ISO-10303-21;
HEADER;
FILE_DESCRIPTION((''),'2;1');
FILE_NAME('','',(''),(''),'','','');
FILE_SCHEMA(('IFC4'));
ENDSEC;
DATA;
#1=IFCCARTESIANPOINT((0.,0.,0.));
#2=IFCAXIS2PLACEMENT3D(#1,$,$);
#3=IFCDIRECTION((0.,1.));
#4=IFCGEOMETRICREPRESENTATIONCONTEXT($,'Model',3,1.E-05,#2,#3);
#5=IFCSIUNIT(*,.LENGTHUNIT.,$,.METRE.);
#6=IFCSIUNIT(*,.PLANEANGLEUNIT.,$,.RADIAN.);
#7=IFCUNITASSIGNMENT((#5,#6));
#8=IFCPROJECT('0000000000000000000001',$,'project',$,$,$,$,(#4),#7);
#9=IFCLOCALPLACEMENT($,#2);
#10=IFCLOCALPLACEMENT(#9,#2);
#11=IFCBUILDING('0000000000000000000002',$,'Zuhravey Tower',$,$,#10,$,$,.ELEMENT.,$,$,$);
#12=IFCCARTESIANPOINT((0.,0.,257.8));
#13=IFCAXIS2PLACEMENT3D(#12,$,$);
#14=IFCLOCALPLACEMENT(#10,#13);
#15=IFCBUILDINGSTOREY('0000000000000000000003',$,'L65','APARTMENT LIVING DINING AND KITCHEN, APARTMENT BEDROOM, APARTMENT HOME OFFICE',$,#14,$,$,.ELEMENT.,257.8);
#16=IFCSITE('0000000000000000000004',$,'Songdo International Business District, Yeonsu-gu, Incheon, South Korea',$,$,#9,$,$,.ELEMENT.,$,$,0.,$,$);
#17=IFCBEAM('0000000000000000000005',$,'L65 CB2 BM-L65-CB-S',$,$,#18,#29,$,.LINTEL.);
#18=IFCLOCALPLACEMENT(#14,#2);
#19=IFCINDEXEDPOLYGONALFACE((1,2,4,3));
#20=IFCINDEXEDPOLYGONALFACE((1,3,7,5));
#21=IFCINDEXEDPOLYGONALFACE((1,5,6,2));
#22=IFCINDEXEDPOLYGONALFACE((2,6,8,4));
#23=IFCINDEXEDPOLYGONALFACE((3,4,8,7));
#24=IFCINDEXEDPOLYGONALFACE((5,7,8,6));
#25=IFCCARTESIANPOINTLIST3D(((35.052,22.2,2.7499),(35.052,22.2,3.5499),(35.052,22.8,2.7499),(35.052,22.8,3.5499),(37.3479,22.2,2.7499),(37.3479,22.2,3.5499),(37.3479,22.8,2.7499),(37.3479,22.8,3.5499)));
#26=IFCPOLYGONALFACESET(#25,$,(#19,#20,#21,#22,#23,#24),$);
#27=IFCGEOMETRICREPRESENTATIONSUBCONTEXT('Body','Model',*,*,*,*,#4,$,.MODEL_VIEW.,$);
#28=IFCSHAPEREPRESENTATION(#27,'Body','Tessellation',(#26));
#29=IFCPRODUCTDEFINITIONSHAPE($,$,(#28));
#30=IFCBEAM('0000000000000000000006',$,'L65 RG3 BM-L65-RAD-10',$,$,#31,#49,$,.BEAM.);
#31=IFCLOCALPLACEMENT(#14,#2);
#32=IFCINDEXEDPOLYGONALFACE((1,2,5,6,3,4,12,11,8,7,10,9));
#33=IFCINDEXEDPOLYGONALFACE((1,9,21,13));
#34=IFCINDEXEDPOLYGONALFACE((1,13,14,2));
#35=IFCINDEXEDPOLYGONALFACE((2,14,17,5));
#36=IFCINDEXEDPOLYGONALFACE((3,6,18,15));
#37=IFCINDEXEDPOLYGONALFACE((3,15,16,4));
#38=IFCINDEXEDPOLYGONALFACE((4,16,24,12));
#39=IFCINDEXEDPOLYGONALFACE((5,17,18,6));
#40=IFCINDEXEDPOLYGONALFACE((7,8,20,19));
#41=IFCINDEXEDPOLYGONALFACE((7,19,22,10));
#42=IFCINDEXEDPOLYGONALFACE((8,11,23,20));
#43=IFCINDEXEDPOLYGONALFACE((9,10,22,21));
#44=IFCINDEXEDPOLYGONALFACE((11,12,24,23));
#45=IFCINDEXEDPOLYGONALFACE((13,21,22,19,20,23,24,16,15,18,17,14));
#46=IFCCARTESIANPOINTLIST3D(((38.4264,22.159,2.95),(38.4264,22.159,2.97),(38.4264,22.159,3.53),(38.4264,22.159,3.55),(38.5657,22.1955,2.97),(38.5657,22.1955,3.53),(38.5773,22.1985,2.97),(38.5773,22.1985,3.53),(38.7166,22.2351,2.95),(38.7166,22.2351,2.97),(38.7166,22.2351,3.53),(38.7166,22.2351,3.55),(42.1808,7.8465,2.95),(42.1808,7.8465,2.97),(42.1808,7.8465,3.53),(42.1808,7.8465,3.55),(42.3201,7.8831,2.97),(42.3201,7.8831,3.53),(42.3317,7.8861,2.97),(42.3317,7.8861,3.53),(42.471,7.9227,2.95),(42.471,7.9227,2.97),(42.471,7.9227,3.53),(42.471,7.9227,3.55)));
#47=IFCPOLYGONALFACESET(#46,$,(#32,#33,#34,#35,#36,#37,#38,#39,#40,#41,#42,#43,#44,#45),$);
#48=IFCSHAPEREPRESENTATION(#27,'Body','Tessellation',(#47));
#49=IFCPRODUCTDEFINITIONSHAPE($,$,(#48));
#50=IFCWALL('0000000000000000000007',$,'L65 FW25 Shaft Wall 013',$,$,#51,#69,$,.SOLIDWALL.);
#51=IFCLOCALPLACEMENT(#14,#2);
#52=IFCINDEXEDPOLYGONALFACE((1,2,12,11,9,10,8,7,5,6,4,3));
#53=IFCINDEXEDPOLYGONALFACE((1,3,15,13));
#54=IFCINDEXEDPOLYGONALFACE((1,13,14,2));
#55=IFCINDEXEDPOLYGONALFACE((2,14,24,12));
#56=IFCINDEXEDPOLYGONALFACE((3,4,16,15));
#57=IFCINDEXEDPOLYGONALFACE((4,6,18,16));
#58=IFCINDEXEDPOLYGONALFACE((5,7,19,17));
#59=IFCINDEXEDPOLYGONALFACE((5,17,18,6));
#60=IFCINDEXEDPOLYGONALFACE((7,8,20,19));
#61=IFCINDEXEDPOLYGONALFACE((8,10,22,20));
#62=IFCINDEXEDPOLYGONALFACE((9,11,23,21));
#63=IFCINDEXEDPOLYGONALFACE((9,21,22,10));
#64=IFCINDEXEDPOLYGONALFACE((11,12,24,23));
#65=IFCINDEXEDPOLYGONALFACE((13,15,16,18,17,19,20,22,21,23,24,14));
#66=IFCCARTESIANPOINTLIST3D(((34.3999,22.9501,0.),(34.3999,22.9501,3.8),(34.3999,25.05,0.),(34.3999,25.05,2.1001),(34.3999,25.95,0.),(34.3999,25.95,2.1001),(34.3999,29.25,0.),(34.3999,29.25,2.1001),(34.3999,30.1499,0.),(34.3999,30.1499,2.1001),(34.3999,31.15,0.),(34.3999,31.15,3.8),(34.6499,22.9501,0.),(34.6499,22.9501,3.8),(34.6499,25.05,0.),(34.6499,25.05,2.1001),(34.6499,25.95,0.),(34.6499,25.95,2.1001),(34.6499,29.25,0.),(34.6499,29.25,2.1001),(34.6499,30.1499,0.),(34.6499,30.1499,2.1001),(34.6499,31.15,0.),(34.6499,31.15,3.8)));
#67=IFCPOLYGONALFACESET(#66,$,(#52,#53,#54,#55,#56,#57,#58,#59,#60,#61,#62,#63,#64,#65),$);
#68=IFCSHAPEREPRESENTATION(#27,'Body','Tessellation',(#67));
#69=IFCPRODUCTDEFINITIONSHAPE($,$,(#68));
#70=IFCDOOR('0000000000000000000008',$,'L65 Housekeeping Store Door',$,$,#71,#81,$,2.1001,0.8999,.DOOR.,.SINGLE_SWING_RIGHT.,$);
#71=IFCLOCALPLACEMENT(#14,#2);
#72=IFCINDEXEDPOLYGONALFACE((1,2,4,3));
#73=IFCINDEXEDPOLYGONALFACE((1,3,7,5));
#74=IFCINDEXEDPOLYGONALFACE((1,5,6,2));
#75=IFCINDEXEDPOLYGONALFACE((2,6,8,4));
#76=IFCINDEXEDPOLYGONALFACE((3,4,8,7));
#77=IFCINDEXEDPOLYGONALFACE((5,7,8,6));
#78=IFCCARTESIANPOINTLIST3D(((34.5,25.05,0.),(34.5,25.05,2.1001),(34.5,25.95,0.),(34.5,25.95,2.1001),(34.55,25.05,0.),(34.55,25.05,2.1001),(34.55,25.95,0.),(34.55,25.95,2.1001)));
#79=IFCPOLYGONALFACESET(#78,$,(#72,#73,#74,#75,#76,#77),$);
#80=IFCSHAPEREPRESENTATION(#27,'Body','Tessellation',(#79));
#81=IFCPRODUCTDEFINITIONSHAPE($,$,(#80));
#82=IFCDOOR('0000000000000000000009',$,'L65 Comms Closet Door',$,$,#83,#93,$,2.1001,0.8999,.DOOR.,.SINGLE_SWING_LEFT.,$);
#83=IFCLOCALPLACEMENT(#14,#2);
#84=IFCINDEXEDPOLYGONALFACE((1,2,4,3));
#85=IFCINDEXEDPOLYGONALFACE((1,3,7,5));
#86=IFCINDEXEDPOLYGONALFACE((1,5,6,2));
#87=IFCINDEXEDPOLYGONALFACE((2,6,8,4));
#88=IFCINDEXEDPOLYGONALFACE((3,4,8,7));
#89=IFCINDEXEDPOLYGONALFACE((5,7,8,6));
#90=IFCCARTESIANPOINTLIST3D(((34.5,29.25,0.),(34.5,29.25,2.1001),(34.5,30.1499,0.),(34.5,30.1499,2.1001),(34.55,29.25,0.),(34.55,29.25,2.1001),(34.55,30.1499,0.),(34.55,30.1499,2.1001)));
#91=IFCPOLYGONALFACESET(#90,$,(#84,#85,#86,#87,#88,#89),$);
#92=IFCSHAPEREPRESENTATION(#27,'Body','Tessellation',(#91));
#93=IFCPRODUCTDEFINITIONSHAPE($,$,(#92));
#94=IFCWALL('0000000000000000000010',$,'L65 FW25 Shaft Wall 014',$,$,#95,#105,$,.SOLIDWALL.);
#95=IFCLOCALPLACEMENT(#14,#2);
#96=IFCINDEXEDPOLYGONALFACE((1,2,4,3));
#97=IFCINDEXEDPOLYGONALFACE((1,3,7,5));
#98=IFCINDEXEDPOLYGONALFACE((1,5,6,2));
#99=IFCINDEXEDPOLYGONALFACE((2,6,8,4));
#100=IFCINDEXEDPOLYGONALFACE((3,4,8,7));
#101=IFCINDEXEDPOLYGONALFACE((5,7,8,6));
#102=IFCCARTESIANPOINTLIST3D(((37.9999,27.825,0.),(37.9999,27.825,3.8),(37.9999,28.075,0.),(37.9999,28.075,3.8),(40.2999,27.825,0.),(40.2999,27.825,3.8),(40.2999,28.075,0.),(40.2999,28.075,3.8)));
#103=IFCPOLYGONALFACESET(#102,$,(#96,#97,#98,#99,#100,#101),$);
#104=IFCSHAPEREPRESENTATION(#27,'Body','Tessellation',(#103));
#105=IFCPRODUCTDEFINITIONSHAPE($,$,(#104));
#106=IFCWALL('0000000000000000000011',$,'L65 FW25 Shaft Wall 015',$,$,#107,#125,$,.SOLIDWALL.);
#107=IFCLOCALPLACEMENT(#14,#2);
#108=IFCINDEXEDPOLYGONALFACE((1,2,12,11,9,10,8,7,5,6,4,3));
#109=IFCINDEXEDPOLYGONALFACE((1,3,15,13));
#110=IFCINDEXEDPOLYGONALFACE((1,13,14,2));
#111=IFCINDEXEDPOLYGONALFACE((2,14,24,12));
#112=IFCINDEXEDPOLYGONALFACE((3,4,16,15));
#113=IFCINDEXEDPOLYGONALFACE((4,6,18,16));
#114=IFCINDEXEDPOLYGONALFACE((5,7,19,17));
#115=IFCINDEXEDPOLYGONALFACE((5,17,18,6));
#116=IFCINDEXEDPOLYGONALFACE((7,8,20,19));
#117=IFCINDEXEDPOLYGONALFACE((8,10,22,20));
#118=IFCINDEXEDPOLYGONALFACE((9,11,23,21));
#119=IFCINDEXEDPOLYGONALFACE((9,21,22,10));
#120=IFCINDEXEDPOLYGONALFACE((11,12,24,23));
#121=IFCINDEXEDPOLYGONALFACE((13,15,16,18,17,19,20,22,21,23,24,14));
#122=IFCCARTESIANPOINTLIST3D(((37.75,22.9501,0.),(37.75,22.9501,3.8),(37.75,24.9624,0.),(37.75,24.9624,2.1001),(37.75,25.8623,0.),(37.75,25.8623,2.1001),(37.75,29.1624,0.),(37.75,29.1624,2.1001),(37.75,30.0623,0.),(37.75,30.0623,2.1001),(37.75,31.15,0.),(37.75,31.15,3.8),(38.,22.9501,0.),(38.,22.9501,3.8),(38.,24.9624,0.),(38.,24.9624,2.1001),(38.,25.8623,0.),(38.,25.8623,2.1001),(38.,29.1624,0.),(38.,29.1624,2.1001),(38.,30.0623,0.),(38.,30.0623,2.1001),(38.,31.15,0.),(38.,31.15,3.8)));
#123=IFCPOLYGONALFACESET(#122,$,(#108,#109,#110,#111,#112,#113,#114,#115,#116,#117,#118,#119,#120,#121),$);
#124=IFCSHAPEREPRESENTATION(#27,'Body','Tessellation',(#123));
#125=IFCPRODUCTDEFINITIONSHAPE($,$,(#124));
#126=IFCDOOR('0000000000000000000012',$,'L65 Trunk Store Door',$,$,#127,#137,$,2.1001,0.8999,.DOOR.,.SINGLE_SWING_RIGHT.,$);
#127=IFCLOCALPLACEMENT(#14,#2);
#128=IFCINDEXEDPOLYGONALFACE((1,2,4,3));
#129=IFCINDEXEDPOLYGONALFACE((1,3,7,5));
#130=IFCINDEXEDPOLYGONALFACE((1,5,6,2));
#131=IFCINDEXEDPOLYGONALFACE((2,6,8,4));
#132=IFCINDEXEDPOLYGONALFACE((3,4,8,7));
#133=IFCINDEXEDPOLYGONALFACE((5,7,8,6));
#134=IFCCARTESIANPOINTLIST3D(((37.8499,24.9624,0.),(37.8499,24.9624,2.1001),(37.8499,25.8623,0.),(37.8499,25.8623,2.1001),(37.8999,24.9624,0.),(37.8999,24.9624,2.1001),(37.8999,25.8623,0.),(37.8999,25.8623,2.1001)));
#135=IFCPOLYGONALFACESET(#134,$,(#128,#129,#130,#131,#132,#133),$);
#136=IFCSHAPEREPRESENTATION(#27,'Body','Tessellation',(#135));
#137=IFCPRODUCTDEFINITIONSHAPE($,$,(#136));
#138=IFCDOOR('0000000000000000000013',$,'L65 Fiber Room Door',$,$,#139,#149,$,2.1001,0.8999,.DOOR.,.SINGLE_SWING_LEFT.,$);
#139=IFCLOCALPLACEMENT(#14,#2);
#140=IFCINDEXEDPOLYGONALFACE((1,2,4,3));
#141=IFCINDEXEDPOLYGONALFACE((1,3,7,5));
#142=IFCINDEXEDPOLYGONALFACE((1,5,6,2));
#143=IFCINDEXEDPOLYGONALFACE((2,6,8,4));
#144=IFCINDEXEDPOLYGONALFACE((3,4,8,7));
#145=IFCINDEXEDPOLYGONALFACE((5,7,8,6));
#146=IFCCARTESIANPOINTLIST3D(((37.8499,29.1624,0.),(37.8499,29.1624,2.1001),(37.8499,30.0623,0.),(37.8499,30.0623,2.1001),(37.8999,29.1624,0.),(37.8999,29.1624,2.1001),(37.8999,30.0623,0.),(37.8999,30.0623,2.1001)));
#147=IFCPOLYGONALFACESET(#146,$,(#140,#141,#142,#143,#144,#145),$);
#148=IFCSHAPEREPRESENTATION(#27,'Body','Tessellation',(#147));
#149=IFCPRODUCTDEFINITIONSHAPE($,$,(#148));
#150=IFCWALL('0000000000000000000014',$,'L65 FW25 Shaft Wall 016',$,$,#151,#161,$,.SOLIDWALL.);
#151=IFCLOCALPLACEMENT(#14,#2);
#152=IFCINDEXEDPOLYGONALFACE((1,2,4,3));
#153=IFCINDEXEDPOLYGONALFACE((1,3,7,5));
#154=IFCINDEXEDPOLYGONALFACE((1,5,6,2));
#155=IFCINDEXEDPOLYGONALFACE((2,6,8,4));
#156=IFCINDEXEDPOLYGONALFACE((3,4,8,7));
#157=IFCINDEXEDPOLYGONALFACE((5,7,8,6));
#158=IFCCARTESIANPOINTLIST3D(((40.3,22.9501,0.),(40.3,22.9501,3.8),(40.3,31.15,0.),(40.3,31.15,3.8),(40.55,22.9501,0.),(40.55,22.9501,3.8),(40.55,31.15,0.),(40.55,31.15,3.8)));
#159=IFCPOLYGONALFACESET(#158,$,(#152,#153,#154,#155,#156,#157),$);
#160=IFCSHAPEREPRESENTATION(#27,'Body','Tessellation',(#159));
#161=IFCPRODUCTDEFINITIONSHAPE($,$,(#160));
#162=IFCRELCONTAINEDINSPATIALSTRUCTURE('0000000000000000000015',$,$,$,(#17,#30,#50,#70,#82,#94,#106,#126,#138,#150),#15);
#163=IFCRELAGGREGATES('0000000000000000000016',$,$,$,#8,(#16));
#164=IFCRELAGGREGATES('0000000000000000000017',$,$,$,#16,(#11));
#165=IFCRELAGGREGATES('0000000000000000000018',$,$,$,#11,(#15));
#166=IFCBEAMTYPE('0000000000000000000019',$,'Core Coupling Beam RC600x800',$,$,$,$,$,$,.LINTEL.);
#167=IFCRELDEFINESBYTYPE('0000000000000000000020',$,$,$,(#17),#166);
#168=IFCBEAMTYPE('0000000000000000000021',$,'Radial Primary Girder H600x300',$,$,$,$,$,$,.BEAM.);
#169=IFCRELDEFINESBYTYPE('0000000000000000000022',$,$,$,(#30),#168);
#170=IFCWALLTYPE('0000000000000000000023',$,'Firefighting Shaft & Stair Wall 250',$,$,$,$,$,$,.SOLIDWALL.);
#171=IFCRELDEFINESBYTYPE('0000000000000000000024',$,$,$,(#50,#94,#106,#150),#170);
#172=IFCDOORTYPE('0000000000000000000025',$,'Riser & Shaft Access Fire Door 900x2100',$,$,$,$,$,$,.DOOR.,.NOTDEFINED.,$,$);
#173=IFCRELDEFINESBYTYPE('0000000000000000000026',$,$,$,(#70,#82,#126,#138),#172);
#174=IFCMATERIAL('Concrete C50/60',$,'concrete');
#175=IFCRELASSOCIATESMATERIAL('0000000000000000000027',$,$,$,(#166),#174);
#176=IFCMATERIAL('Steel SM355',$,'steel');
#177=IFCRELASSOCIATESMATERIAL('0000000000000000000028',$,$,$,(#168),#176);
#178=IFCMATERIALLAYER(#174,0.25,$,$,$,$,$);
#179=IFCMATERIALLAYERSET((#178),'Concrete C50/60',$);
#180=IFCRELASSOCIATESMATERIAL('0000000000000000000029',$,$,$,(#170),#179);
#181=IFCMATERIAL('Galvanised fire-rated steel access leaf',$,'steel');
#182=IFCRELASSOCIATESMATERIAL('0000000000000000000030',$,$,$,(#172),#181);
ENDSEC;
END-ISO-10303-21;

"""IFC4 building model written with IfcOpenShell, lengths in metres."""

from ifc_helpers import new_model, si_unit, direction, frame, frame_2d, origin, origin_2d, place, context, subcontext, project, spatial, rectangle, i_section, extrude, material, layer, layer_set, material_profile, profile_set, type_object, element, fill, save


model = new_model("IFC4")

# Units and contexts
model_context = context("Model", 3, precision=1e-05, world=origin(), true_north=direction((0.0, 1.0)))
body_context = subcontext(model_context, "Body", "Model", "MODEL_VIEW")
ifc_project = project(units=[si_unit("LENGTHUNIT", "METRE"), si_unit("PLANEANGLEUNIT", "RADIAN")], contexts=[model_context])

# Site, building, storey
site_placement = place(None, origin())
site = spatial("IfcSite", under=ifc_project, at=site_placement, Name="Songdo International Business District, Yeonsu-gu, Incheon, South Korea", CompositionType="ELEMENT", RefElevation=0.0)
building_placement = place(site_placement, origin())
building = spatial("IfcBuilding", under=site, at=building_placement, Name="Zuhravey Tower", CompositionType="ELEMENT")
storey_placement = place(building_placement, frame((0.0, 0.0, 257.8)))
storey = spatial("IfcBuildingStorey", under=building, at=storey_placement, Name="L65", Description="APARTMENT LIVING DINING AND KITCHEN, APARTMENT BEDROOM, APARTMENT HOME OFFICE", CompositionType="ELEMENT", Elevation=257.8)

# Beams
ifc_material_1 = material(Name="Concrete C50/60", Category="concrete")
ifc_material_profile_1 = material_profile(ifc_material_1, rectangle(XDim=0.6001, YDim=0.8, at=origin_2d()), Name="RC-600x800")
ifc_profile_set_1 = profile_set([ifc_material_profile_1], Name="Concrete C50/60")
beam_type_1 = type_object("IfcBeamType", Name="Core Coupling Beam RC600x800", PredefinedType="LINTEL", material=ifc_profile_set_1)
beam_1_placement = place(storey_placement, frame((35.052, 22.5, 3.1499), z_axis=(1.0, 0.0, 0.0), x_axis=(0.0, 1.0, 0.0)))
element("IfcBeam", 1, at=beam_1_placement, inside=storey, type_object=beam_type_1, Name="L65 CB2 BM-L65-CB-S", PredefinedType="LINTEL", context=body_context, shape_type="SweptSolid", body=[
    extrude(rectangle(XDim=0.6001, YDim=0.8, at=origin_2d()), origin(), (0.0, 0.0, 1.0), 2.2959),
])
ifc_material_2 = material(Name="Steel SM355", Category="steel")
ifc_material_profile_2 = material_profile(ifc_material_2, i_section(OverallWidth=0.3, OverallDepth=0.6001, WebThickness=0.012, FlangeThickness=0.02, at=origin_2d()), Name="H-600x300x12x20")
ifc_profile_set_2 = profile_set([ifc_material_profile_2], Name="Steel SM355")
beam_type_2 = type_object("IfcBeamType", Name="Radial Primary Girder H600x300", PredefinedType="BEAM", material=ifc_profile_set_2)
beam_2_placement = place(storey_placement, frame((38.5715, 22.197, 3.25), z_axis=(0.253731, -0.967275, 0.0), x_axis=(0.967275, 0.253731, 0.0)))
element("IfcBeam", 2, at=beam_2_placement, inside=storey, type_object=beam_type_2, Name="L65 RG3 BM-L65-RAD-10", PredefinedType="BEAM", context=body_context, shape_type="SweptSolid", body=[
    extrude(i_section(OverallWidth=0.3, OverallDepth=0.6001, WebThickness=0.012, FlangeThickness=0.02, at=origin_2d()), origin(), (0.0, 0.0, 1.0), 14.7966),
])

# Shared definitions
ifc_layer_1 = layer(ifc_material_1, 0.25)
ifc_layer_set_1 = layer_set([ifc_layer_1], Name="Concrete C50/60")
wall_type_1 = type_object("IfcWallType", Name="Firefighting Shaft & Stair Wall 250", PredefinedType="SOLIDWALL", material=ifc_layer_set_1)

# Wall, openings, doors
wall_1_placement = place(storey_placement, frame((34.5249, 22.95, 0.0), z_axis=(0.0, 0.0, 1.0), x_axis=(0.0, 1.0, 0.0)))
wall_1 = element("IfcWall", 3, at=wall_1_placement, inside=storey, type_object=wall_type_1, Name="L65 FW25 Shaft Wall 013", PredefinedType="SOLIDWALL", context=body_context, shape_type="SweptSolid", body=[
    extrude(rectangle(XDim=8.2, YDim=0.25, at=frame_2d((4.1001, 0.0))), origin(), (0.0, 0.0, 1.0), 3.8),
])
opening_1_placement = place(wall_1_placement, frame((2.1001, 0.0, 0.0)))
opening_1 = element("IfcOpeningElement", 4, at=opening_1_placement, cuts=wall_1, PredefinedType="OPENING", context=body_context, shape_type="SweptSolid", body=[
    extrude(rectangle(XDim=0.8999, YDim=2.1001, at=frame_2d((0.45, 1.05))), frame((0.0, 0.137, 0.0), z_axis=(0.0, -1.0, 0.0), x_axis=(1.0, 0.0, 0.0)), (0.0, 0.0, 1.0), 0.2739),
])
opening_2_placement = place(wall_1_placement, frame((6.3, 0.0, 0.0)))
opening_2 = element("IfcOpeningElement", 5, at=opening_2_placement, cuts=wall_1, PredefinedType="OPENING", context=body_context, shape_type="SweptSolid", body=[
    extrude(rectangle(XDim=0.8999, YDim=2.1001, at=frame_2d((0.45, 1.05))), frame((0.0, 0.137, 0.0), z_axis=(0.0, -1.0, 0.0), x_axis=(1.0, 0.0, 0.0)), (0.0, 0.0, 1.0), 0.2739),
])
ifc_material_3 = material(Name="Galvanised fire-rated steel access leaf", Category="steel")
door_type_1 = type_object("IfcDoorType", Name="Riser & Shaft Access Fire Door 900x2100", OperationType="NOTDEFINED", PredefinedType="DOOR", material=ifc_material_3)
door_1_placement = place(opening_1_placement, origin())
door_1 = element("IfcDoor", 6, at=door_1_placement, inside=storey, type_object=door_type_1, Name="L65 Housekeeping Store Door", OperationType="SINGLE_SWING_RIGHT", OverallHeight=2.1001, OverallWidth=0.8999, PredefinedType="DOOR", context=body_context, shape_type="SweptSolid", body=[
    extrude(rectangle(XDim=0.8999, YDim=2.1001, at=frame_2d((0.45, 1.05))), frame((0.0, 0.0249, 0.0), z_axis=(0.0, -1.0, 0.0), x_axis=(1.0, 0.0, 0.0)), (0.0, 0.0, 1.0), 0.05),
])
fill(opening_1, door_1)
door_2_placement = place(opening_2_placement, origin())
door_2 = element("IfcDoor", 7, at=door_2_placement, inside=storey, type_object=door_type_1, Name="L65 Comms Closet Door", OperationType="SINGLE_SWING_LEFT", OverallHeight=2.1001, OverallWidth=0.8999, PredefinedType="DOOR", context=body_context, shape_type="SweptSolid", body=[
    extrude(rectangle(XDim=0.8999, YDim=2.1001, at=frame_2d((0.45, 1.05))), frame((0.0, 0.0249, 0.0), z_axis=(0.0, -1.0, 0.0), x_axis=(1.0, 0.0, 0.0)), (0.0, 0.0, 1.0), 0.05),
])
fill(opening_2, door_2)

# Wall
wall_2_placement = place(storey_placement, frame((38.0, 27.95, 0.0), z_axis=(0.0, 0.0, 1.0), x_axis=(1.0, 0.0, 0.0)))
element("IfcWall", 8, at=wall_2_placement, inside=storey, type_object=wall_type_1, Name="L65 FW25 Shaft Wall 014", PredefinedType="SOLIDWALL", context=body_context, shape_type="SweptSolid", body=[
    extrude(rectangle(XDim=2.3, YDim=0.25, at=frame_2d((1.1499, 0.0))), origin(), (0.0, 0.0, 1.0), 3.8),
])

# Wall, openings, doors
wall_3_placement = place(storey_placement, frame((37.875, 22.95, 0.0), z_axis=(0.0, 0.0, 1.0), x_axis=(0.0, 1.0, 0.0)))
wall_3 = element("IfcWall", 9, at=wall_3_placement, inside=storey, type_object=wall_type_1, Name="L65 FW25 Shaft Wall 015", PredefinedType="SOLIDWALL", context=body_context, shape_type="SweptSolid", body=[
    extrude(rectangle(XDim=8.2, YDim=0.25, at=frame_2d((4.1001, 0.0))), origin(), (0.0, 0.0, 1.0), 3.8),
])
opening_3_placement = place(wall_3_placement, frame((2.0125, 0.0, 0.0)))
opening_3 = element("IfcOpeningElement", 10, at=opening_3_placement, cuts=wall_3, PredefinedType="OPENING", context=body_context, shape_type="SweptSolid", body=[
    extrude(rectangle(XDim=0.8999, YDim=2.1001, at=frame_2d((0.45, 1.05))), frame((0.0, 0.137, 0.0), z_axis=(0.0, -1.0, 0.0), x_axis=(1.0, 0.0, 0.0)), (0.0, 0.0, 1.0), 0.2739),
])
opening_4_placement = place(wall_3_placement, frame((6.2124, 0.0, 0.0)))
opening_4 = element("IfcOpeningElement", 11, at=opening_4_placement, cuts=wall_3, PredefinedType="OPENING", context=body_context, shape_type="SweptSolid", body=[
    extrude(rectangle(XDim=0.8999, YDim=2.1001, at=frame_2d((0.45, 1.05))), frame((0.0, 0.137, 0.0), z_axis=(0.0, -1.0, 0.0), x_axis=(1.0, 0.0, 0.0)), (0.0, 0.0, 1.0), 0.2739),
])
door_3_placement = place(opening_3_placement, frame((0.8999, 0.0, 0.0), z_axis=(0.0, 0.0, 1.0), x_axis=(-1.0, 0.0, 0.0)))
door_3 = element("IfcDoor", 12, at=door_3_placement, inside=storey, type_object=door_type_1, Name="L65 Trunk Store Door", OperationType="SINGLE_SWING_RIGHT", OverallHeight=2.1001, OverallWidth=0.8999, PredefinedType="DOOR", context=body_context, shape_type="SweptSolid", body=[
    extrude(rectangle(XDim=0.8999, YDim=2.1001, at=frame_2d((0.45, 1.05))), frame((0.0, 0.0249, 0.0), z_axis=(0.0, -1.0, 0.0), x_axis=(1.0, 0.0, 0.0)), (0.0, 0.0, 1.0), 0.05),
])
fill(opening_3, door_3)
door_4_placement = place(opening_4_placement, frame((0.8999, 0.0, 0.0), z_axis=(0.0, 0.0, 1.0), x_axis=(-1.0, 0.0, 0.0)))
door_4 = element("IfcDoor", 13, at=door_4_placement, inside=storey, type_object=door_type_1, Name="L65 Fiber Room Door", OperationType="SINGLE_SWING_LEFT", OverallHeight=2.1001, OverallWidth=0.8999, PredefinedType="DOOR", context=body_context, shape_type="SweptSolid", body=[
    extrude(rectangle(XDim=0.8999, YDim=2.1001, at=frame_2d((0.45, 1.05))), frame((0.0, 0.0249, 0.0), z_axis=(0.0, -1.0, 0.0), x_axis=(1.0, 0.0, 0.0)), (0.0, 0.0, 1.0), 0.05),
])
fill(opening_4, door_4)

# Wall
wall_4_placement = place(storey_placement, frame((40.425, 22.95, 0.0), z_axis=(0.0, 0.0, 1.0), x_axis=(0.0, 1.0, 0.0)))
element("IfcWall", 14, at=wall_4_placement, inside=storey, type_object=wall_type_1, Name="L65 FW25 Shaft Wall 016", PredefinedType="SOLIDWALL", context=body_context, shape_type="SweptSolid", body=[
    extrude(rectangle(XDim=8.2, YDim=0.25, at=frame_2d((4.1001, 0.0))), origin(), (0.0, 0.0, 1.0), 3.8),
])

save(model, "model.ifc")
